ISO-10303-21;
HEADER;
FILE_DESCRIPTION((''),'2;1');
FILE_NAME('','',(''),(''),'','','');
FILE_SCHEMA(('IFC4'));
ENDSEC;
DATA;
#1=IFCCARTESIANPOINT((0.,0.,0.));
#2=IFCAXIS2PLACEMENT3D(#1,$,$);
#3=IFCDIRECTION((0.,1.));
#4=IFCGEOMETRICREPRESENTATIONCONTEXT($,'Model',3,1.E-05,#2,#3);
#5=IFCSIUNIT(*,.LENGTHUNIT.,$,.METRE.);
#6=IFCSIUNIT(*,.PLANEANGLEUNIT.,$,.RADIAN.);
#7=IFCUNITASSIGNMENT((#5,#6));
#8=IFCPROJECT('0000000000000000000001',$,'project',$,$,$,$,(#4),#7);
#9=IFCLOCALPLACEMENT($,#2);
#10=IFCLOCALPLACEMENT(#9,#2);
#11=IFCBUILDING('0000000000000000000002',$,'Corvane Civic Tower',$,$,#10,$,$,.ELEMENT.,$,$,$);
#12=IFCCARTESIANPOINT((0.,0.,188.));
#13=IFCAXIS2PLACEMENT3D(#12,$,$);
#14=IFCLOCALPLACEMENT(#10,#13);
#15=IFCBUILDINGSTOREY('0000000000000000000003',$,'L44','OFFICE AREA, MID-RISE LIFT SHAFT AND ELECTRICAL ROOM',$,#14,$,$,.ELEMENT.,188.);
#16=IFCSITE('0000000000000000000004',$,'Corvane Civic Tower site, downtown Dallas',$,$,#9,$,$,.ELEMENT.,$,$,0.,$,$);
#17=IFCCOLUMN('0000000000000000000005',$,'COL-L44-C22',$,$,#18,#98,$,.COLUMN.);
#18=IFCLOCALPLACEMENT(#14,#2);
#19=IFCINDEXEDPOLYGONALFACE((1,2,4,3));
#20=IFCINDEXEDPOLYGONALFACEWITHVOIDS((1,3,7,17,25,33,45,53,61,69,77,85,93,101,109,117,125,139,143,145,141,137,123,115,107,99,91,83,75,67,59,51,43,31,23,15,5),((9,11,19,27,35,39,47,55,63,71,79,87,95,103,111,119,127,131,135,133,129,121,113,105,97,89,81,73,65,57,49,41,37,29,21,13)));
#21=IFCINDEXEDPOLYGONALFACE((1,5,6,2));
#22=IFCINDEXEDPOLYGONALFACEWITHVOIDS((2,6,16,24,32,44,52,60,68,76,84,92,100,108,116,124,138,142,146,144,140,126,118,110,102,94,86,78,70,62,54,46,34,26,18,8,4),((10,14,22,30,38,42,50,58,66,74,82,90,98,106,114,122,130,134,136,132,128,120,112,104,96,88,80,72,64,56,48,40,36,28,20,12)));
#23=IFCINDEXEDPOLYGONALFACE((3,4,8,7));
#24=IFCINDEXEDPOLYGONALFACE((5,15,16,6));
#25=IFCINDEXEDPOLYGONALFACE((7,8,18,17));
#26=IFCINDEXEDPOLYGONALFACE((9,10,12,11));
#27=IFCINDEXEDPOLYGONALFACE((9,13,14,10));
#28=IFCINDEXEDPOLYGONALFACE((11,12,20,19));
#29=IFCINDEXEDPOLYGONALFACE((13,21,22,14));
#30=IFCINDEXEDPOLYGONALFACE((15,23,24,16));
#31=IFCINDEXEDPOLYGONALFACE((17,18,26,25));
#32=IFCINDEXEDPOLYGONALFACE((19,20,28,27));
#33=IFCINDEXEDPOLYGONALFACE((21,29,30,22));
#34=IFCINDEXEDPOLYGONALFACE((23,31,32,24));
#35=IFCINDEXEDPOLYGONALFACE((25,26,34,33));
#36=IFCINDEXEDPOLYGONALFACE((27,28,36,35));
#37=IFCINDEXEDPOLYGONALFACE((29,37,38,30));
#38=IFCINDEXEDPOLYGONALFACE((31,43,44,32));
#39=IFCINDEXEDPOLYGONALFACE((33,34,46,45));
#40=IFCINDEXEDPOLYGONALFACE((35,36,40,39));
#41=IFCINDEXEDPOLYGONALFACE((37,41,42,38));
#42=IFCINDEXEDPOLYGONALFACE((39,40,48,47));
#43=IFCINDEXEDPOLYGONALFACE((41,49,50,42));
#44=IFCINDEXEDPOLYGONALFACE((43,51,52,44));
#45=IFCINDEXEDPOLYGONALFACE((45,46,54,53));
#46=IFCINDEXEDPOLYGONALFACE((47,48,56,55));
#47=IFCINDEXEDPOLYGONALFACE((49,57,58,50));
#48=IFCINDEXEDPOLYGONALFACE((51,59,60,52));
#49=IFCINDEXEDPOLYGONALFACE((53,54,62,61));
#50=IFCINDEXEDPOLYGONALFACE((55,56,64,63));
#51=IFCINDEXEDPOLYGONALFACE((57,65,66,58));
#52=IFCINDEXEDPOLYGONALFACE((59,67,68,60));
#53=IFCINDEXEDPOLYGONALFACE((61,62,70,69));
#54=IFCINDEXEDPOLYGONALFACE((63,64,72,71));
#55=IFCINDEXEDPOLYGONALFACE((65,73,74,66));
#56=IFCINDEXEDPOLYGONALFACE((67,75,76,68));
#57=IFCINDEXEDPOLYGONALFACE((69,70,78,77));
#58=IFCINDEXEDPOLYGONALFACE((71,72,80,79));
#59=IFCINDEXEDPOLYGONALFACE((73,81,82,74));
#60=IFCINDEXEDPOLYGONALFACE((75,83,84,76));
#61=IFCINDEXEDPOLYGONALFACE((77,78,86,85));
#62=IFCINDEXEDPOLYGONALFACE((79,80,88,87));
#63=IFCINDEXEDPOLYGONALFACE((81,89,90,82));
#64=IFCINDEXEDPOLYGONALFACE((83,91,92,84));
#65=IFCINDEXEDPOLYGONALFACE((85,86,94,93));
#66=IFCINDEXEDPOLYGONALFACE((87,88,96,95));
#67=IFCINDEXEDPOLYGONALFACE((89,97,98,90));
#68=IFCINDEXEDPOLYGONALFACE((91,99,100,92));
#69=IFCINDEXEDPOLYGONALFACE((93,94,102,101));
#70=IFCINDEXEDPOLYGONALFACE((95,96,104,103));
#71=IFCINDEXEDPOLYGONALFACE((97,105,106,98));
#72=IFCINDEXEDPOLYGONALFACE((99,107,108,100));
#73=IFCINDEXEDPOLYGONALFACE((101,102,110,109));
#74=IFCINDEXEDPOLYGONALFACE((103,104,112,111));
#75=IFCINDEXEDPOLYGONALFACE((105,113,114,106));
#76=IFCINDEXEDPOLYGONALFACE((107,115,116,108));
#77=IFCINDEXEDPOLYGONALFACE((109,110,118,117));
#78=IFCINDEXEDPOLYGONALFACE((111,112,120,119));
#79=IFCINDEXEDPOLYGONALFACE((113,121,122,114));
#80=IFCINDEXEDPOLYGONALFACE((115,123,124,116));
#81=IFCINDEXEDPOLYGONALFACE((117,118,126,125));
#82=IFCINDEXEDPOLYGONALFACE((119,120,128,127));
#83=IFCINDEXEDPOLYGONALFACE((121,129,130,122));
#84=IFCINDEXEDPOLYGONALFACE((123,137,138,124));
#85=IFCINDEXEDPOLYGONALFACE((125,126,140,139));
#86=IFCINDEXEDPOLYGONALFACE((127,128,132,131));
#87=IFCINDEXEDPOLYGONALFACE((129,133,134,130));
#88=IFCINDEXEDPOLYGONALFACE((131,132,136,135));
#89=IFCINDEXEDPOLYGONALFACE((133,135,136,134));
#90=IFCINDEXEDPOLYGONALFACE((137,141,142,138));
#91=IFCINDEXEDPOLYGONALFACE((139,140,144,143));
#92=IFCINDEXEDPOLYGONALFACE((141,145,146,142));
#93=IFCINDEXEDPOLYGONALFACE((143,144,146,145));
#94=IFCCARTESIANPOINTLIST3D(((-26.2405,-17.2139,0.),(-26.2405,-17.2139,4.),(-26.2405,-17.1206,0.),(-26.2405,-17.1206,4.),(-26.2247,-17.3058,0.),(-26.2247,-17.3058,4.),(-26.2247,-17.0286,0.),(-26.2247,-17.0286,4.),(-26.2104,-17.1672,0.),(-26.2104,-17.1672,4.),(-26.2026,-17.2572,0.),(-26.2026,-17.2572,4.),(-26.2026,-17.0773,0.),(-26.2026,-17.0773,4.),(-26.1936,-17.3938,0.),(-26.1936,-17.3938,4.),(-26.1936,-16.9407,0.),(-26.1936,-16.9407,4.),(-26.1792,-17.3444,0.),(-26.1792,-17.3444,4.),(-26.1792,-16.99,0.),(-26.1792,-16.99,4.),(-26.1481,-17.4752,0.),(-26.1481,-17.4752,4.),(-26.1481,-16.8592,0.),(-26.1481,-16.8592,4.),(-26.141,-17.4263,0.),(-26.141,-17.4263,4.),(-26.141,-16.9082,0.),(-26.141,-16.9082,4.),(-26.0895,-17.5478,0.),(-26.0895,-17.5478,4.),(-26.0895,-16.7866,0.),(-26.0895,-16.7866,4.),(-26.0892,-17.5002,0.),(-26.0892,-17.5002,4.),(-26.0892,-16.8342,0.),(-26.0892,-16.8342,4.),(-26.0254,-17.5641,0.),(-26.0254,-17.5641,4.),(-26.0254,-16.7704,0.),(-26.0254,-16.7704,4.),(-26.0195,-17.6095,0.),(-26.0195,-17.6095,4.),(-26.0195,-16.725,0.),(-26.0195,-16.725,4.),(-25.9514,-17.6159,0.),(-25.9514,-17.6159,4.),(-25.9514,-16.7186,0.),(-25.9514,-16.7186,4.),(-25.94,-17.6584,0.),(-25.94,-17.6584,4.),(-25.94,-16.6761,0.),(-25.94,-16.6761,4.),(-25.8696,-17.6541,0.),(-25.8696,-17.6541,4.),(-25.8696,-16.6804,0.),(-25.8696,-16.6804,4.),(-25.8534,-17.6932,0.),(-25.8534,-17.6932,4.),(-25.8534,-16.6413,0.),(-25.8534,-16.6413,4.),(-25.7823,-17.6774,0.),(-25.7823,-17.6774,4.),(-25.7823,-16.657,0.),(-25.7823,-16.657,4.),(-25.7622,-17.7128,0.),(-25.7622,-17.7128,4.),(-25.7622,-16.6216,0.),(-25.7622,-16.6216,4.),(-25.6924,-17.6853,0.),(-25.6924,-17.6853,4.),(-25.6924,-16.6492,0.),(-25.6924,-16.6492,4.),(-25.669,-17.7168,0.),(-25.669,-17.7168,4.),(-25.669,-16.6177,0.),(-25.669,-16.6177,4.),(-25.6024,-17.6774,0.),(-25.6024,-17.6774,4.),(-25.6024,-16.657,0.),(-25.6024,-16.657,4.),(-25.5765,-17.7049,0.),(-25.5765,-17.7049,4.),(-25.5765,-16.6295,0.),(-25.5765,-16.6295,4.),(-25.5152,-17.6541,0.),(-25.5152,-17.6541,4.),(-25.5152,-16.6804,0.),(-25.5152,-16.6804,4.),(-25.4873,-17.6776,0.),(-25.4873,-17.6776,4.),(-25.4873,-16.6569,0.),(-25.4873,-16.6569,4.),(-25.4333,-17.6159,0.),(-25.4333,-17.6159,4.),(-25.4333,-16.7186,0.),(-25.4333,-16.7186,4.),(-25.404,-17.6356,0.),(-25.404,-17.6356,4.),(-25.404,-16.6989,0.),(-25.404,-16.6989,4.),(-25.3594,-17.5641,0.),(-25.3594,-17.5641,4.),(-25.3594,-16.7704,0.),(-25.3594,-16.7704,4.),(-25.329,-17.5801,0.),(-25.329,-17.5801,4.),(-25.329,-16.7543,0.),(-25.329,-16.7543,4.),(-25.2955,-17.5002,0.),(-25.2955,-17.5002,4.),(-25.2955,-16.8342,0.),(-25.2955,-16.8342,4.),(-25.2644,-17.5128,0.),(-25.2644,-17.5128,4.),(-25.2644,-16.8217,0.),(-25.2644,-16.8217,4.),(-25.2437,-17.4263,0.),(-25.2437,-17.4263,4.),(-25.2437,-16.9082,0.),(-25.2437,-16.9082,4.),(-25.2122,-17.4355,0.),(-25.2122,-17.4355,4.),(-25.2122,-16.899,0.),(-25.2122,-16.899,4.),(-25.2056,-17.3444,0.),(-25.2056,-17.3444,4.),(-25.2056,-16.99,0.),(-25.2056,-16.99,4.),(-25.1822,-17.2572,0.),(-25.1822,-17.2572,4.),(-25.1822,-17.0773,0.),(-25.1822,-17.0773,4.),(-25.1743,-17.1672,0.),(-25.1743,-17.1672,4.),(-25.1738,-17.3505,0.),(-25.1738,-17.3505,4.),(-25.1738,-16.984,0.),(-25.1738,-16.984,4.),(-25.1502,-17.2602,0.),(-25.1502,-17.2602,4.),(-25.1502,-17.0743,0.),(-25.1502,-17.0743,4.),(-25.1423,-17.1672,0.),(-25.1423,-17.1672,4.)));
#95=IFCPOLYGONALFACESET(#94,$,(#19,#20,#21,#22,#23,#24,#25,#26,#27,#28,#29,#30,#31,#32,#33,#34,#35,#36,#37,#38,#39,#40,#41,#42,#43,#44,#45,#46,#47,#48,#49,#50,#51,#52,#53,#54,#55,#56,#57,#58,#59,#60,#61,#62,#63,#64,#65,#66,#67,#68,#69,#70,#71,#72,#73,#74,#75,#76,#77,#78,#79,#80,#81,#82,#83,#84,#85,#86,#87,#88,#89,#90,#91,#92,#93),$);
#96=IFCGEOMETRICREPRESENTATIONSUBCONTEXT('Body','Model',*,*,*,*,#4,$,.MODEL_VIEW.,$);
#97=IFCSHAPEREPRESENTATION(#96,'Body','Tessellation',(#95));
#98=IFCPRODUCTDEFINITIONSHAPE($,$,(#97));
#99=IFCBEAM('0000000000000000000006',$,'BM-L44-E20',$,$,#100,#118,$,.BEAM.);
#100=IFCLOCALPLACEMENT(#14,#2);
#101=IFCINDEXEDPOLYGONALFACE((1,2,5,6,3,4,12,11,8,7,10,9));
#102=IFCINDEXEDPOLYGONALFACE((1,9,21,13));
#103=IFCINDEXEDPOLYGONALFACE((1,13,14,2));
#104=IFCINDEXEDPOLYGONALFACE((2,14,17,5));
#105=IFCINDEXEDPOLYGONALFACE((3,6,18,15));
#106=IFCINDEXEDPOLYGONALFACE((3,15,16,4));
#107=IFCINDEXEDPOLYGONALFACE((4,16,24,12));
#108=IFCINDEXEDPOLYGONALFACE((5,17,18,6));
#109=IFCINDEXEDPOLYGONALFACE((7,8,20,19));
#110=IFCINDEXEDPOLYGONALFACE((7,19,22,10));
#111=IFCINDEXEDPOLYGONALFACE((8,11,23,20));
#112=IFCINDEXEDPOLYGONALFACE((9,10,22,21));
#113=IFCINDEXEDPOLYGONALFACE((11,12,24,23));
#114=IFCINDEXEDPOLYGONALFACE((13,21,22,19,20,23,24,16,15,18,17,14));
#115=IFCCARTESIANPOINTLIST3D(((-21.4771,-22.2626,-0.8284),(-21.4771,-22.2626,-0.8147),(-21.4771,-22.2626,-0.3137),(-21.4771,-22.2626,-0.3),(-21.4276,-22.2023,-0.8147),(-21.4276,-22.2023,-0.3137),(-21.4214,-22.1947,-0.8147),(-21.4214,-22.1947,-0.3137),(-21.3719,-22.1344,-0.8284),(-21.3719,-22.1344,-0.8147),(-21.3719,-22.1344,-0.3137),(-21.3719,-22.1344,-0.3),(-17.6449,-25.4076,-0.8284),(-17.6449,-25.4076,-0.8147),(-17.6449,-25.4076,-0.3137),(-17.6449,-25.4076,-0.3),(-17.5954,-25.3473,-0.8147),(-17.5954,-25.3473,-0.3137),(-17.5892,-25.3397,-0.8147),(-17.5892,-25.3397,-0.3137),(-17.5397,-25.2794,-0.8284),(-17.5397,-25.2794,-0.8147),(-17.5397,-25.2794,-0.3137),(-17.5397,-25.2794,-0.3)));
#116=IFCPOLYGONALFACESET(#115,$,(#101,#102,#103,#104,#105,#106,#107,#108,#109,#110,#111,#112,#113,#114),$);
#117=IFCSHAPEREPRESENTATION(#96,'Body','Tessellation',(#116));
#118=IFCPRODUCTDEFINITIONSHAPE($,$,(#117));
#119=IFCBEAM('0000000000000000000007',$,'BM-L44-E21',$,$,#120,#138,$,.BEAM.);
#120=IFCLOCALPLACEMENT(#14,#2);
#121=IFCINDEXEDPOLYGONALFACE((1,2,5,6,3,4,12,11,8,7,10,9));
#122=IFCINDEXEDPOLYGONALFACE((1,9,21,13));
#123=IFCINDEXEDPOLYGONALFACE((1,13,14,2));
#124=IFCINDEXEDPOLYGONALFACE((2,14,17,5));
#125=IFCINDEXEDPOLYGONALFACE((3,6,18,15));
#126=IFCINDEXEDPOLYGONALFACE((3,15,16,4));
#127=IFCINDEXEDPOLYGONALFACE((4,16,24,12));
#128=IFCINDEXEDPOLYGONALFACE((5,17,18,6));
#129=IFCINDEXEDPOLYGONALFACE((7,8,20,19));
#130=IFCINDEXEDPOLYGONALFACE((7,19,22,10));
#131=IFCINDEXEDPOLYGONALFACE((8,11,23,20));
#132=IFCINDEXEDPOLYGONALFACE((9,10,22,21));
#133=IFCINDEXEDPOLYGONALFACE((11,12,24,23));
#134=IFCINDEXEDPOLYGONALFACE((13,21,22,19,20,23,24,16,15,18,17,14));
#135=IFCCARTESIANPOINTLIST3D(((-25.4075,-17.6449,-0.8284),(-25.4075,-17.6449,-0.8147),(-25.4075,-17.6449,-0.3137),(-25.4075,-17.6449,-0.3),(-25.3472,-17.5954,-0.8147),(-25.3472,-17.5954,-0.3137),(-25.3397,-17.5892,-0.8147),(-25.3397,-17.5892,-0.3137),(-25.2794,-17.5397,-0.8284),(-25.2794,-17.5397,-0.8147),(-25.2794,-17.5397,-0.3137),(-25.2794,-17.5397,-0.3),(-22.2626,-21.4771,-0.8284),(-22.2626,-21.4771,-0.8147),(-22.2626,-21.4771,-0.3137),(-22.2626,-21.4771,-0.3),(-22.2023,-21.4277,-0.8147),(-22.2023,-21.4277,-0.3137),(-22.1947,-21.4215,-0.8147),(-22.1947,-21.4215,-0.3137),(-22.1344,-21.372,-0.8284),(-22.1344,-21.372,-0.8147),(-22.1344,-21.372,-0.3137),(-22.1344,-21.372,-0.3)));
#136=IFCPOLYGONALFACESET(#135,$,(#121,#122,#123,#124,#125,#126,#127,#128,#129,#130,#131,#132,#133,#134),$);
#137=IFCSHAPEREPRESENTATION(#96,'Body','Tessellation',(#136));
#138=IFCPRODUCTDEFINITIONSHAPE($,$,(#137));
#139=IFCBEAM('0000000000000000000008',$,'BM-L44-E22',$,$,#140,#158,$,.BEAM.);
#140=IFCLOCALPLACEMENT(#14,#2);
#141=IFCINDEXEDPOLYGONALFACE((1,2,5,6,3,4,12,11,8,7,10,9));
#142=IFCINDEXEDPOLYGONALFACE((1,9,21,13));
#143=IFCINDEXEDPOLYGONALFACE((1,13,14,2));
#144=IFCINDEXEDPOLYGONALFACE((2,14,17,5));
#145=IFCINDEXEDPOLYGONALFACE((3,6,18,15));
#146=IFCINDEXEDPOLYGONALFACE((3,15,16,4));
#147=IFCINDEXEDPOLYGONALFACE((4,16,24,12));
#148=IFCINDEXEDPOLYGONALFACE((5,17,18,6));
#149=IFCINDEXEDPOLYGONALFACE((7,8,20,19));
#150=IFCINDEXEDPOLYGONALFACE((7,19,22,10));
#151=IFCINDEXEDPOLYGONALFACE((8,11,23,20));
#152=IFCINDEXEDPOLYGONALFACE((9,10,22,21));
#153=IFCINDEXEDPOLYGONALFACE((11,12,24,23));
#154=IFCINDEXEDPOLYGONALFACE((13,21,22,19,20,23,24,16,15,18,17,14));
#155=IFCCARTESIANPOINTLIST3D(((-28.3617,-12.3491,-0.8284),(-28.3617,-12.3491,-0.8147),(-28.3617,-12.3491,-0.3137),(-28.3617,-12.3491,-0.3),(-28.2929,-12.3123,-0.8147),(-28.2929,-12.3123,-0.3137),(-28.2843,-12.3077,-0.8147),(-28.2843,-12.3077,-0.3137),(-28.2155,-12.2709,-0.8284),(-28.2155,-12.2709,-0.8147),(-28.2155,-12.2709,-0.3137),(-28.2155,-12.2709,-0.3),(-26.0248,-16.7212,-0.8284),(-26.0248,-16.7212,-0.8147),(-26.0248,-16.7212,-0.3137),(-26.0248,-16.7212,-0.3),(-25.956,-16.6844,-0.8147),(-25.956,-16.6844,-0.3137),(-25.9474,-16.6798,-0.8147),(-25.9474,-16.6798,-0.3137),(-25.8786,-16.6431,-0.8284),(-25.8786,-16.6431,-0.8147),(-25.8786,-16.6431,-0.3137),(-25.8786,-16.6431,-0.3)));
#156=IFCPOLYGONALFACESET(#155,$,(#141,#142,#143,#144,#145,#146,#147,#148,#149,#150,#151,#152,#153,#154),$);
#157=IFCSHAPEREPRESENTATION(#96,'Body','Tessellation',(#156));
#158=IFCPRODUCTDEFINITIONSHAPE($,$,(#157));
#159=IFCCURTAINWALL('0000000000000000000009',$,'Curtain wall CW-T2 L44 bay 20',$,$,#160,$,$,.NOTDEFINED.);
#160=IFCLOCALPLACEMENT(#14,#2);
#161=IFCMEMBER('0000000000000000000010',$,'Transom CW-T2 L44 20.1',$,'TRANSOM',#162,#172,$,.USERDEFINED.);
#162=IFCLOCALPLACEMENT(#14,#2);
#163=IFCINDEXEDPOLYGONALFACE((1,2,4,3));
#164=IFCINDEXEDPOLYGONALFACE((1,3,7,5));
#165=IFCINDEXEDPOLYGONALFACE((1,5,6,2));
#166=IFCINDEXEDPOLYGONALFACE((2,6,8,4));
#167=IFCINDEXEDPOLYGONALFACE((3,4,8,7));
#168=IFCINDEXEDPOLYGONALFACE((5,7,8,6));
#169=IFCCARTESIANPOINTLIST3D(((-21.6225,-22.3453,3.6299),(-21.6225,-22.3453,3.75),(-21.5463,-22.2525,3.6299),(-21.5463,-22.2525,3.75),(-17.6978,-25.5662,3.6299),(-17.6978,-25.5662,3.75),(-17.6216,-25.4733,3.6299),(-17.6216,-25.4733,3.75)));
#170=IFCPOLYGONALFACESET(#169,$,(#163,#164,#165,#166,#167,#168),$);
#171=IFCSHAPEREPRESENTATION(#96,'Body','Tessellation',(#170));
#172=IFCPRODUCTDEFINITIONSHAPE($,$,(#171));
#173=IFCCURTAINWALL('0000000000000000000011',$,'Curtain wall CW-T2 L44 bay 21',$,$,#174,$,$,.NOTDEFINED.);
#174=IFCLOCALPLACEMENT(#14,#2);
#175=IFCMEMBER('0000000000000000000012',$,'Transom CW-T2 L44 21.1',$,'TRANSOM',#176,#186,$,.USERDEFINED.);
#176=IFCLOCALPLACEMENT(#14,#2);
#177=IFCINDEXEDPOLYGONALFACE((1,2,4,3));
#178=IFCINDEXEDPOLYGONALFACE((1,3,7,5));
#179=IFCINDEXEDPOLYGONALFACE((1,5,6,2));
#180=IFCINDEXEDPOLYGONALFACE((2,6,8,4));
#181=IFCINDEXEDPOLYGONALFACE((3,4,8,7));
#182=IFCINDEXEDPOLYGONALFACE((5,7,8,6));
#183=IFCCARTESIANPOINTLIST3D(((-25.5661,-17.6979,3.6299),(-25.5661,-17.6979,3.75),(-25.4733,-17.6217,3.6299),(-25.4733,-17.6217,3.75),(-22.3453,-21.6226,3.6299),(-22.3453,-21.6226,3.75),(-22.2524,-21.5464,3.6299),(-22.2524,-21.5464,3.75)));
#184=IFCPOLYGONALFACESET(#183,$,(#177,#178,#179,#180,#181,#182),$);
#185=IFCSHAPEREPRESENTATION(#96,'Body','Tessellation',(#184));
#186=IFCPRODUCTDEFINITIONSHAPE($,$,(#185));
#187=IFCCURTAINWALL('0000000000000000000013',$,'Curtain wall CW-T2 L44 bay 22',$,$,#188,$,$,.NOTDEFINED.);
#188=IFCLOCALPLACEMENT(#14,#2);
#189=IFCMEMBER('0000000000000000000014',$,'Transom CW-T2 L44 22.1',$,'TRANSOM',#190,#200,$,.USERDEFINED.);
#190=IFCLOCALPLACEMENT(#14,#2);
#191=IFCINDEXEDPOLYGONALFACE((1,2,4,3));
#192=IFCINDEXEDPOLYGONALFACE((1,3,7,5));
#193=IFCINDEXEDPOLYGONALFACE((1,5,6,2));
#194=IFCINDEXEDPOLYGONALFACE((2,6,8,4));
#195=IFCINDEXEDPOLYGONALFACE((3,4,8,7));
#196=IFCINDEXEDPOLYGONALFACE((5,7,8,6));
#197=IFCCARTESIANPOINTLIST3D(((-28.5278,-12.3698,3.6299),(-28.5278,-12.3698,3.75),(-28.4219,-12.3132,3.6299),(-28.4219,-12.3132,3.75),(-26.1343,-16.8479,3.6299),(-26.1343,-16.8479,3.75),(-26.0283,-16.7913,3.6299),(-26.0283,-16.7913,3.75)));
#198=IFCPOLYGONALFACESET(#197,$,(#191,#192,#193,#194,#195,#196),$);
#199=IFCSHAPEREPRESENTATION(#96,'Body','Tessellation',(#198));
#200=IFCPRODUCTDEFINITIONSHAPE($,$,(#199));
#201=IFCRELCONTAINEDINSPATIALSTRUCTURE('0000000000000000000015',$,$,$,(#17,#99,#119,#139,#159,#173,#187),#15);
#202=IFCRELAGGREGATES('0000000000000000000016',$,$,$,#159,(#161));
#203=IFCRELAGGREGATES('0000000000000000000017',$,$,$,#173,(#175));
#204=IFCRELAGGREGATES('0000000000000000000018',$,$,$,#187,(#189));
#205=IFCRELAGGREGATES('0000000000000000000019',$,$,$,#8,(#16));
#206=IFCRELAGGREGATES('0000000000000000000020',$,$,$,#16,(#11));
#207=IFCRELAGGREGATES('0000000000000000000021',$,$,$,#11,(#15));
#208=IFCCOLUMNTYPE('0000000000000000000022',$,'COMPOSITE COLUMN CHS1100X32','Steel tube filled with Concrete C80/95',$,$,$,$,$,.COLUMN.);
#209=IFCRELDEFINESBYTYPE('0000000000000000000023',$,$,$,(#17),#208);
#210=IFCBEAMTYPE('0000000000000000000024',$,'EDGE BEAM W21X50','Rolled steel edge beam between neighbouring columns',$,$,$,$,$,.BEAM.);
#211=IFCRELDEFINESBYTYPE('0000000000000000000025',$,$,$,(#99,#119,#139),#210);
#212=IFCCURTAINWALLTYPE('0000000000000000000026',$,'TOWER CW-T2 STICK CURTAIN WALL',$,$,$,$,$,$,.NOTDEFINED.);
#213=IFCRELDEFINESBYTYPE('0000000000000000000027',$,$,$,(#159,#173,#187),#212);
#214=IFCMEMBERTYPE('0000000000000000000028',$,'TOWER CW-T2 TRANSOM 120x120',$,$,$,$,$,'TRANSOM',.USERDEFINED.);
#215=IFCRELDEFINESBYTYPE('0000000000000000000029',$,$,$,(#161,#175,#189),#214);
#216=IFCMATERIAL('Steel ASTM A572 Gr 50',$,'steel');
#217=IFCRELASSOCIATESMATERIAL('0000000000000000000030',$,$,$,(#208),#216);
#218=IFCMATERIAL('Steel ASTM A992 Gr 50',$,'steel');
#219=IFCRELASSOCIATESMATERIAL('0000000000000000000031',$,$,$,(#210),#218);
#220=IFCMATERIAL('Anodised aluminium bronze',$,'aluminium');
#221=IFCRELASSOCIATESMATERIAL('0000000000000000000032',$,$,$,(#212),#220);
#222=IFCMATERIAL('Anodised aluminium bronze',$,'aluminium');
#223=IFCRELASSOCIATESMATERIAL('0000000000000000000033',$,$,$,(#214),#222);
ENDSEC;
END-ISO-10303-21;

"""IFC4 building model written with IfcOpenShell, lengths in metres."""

from ifc_helpers import new_model, si_unit, direction, frame, origin, origin_2d, place, context, subcontext, project, spatial, rectangle, hollow_circle, i_section, extrude, material, material_profile, profile_set, type_object, element, aggregate, save


model = new_model("IFC4")

# Units and contexts
model_context = context("Model", 3, precision=1e-05, world=origin(), true_north=direction((0.0, 1.0)))
body_context = subcontext(model_context, "Body", "Model", "MODEL_VIEW")
ifc_project = project(units=[si_unit("LENGTHUNIT", "METRE"), si_unit("PLANEANGLEUNIT", "RADIAN")], contexts=[model_context])

# Site, building, storey
site_placement = place(None, origin())
site = spatial("IfcSite", under=ifc_project, at=site_placement, Name="Corvane Civic Tower site, downtown Dallas", CompositionType="ELEMENT", RefElevation=0.0)
building_placement = place(site_placement, origin())
building = spatial("IfcBuilding", under=site, at=building_placement, Name="Corvane Civic Tower", CompositionType="ELEMENT")
storey_placement = place(building_placement, frame((0.0, 0.0, 188.0)))
storey = spatial("IfcBuildingStorey", under=building, at=storey_placement, Name="L44", Description="OFFICE AREA, MID-RISE LIFT SHAFT AND ELECTRICAL ROOM", CompositionType="ELEMENT", Elevation=188.0)

# Column
ifc_material_1 = material(Name="Steel ASTM A572 Gr 50", Category="steel")
ifc_material_profile_1 = material_profile(ifc_material_1, hollow_circle(Radius=0.55, WallThickness=0.032, at=origin_2d()), Name="CHS1100X32")
ifc_profile_set_1 = profile_set([ifc_material_profile_1], Name="Steel ASTM A572 Gr 50")
column_type = type_object("IfcColumnType", Name="COMPOSITE COLUMN CHS1100X32", Description="Steel tube filled with Concrete C80/95", PredefinedType="COLUMN", material=ifc_profile_set_1)
for number, where, z_axis, x_axis, name in (
    (1, (-25.6924, -17.1672, 0.0), (0.0, 0.0, 1.0), (1.0, 0.0, 0.0), "COL-L44-C22"),
):
    element("IfcColumn", number, at=place(storey_placement, frame(where, z_axis=z_axis, x_axis=x_axis)), inside=storey, type_object=column_type, Name=name, PredefinedType="COLUMN", context=body_context, shape_type="SweptSolid", body=[
        extrude(hollow_circle(Radius=0.55, WallThickness=0.032, at=origin_2d()), origin(), (0.0, 0.0, 1.0), 4.0),
    ])

# Beams
ifc_material_2 = material(Name="Steel ASTM A992 Gr 50", Category="steel")
ifc_material_profile_2 = material_profile(ifc_material_2, i_section(OverallWidth=0.1658, OverallDepth=0.5283, WebThickness=0.0098, FlangeThickness=0.0137, at=origin_2d()), Name="W21X50")
ifc_profile_set_2 = profile_set([ifc_material_profile_2], Name="Steel ASTM A992 Gr 50")
beam_type = type_object("IfcBeamType", Name="EDGE BEAM W21X50", Description="Rolled steel edge beam between neighbouring columns", PredefinedType="BEAM", material=ifc_profile_set_2)
for number, where, z_axis, x_axis, name in (
    (2, (-17.5923, -25.3435, -0.5642), (-0.773015, 0.634388, 0.0), (-0.634388, -0.773015, 0.0), "BM-L44-E20"),
    (3, (-22.1985, -21.4246, -0.5642), (-0.634388, 0.773015, 0.0), (-0.773015, -0.634388, 0.0), "BM-L44-E21"),
    (4, (-25.9517, -16.6821, -0.5642), (-0.471396, 0.881922, 0.0), (-0.881922, -0.471396, 0.0), "BM-L44-E22"),
):
    element("IfcBeam", number, at=place(storey_placement, frame(where, z_axis=z_axis, x_axis=x_axis)), inside=storey, type_object=beam_type, Name=name, PredefinedType="BEAM", context=body_context, shape_type="SweptSolid", body=[
        extrude(i_section(OverallWidth=0.1658, OverallDepth=0.5283, WebThickness=0.0098, FlangeThickness=0.0137, at=origin_2d()), origin(), (0.0, 0.0, 1.0), 4.9575),
    ])

# Curtain walls, members
ifc_material_3 = material(Name="Anodised aluminium bronze", Category="aluminium")
curtain_wall_type = type_object("IfcCurtainWallType", Name="TOWER CW-T2 STICK CURTAIN WALL", PredefinedType="NOTDEFINED", material=ifc_material_3)
curtain_wall_1_placement = place(storey_placement, origin())
curtain_wall_1 = element("IfcCurtainWall", 5, at=curtain_wall_1_placement, inside=storey, type_object=curtain_wall_type, Name="Curtain wall CW-T2 L44 bay 20", PredefinedType="NOTDEFINED")
ifc_material_4 = material(Name="Anodised aluminium bronze", Category="aluminium")
ifc_material_profile_3 = material_profile(ifc_material_4, rectangle(XDim=0.1201, YDim=0.1201, at=origin_2d()), Name="TOWER CW-T2 TRANSOM 120x120")
ifc_profile_set_3 = profile_set([ifc_material_profile_3], Name="Anodised aluminium bronze")
member_type = type_object("IfcMemberType", Name="TOWER CW-T2 TRANSOM 120x120", ElementType="TRANSOM", PredefinedType="USERDEFINED", material=ifc_profile_set_3)
member_1_placement = place(storey_placement, frame((-17.6597, -25.5198, 3.6899), z_axis=(-0.773016, 0.634387, 0.0), x_axis=(-0.634387, -0.773016, 0.0)))
member_1 = element("IfcMember", 6, at=member_1_placement, type_object=member_type, Name="Transom CW-T2 L44 20.1", ObjectType="TRANSOM", PredefinedType="USERDEFINED", context=body_context, shape_type="SweptSolid", body=[
    extrude(rectangle(XDim=0.1201, YDim=0.1201, at=origin_2d()), origin(), (0.0, 0.0, 1.0), 5.0771),
])
curtain_wall_2_placement = place(storey_placement, origin())
curtain_wall_2 = element("IfcCurtainWall", 7, at=curtain_wall_2_placement, inside=storey, type_object=curtain_wall_type, Name="Curtain wall CW-T2 L44 bay 21", PredefinedType="NOTDEFINED")
member_2_placement = place(storey_placement, frame((-22.2988, -21.5845, 3.6899), z_axis=(-0.634387, 0.773016, 0.0), x_axis=(-0.773016, -0.634387, 0.0)))
member_2 = element("IfcMember", 8, at=member_2_placement, type_object=member_type, Name="Transom CW-T2 L44 21.1", ObjectType="TRANSOM", PredefinedType="USERDEFINED", context=body_context, shape_type="SweptSolid", body=[
    extrude(rectangle(XDim=0.1201, YDim=0.1201, at=origin_2d()), origin(), (0.0, 0.0, 1.0), 5.0771),
])
curtain_wall_3_placement = place(storey_placement, origin())
curtain_wall_3 = element("IfcCurtainWall", 9, at=curtain_wall_3_placement, inside=storey, type_object=curtain_wall_type, Name="Curtain wall CW-T2 L44 bay 22", PredefinedType="NOTDEFINED")
member_3_placement = place(storey_placement, frame((-26.0813, -16.8196, 3.6899), z_axis=(-0.471397, 0.881921, 0.0), x_axis=(-0.881921, -0.471397, 0.0)))
member_3 = element("IfcMember", 10, at=member_3_placement, type_object=member_type, Name="Transom CW-T2 L44 22.1", ObjectType="TRANSOM", PredefinedType="USERDEFINED", context=body_context, shape_type="SweptSolid", body=[
    extrude(rectangle(XDim=0.1201, YDim=0.1201, at=origin_2d()), origin(), (0.0, 0.0, 1.0), 5.0776),
])

aggregate(curtain_wall_1, [member_1])
aggregate(curtain_wall_2, [member_2])
aggregate(curtain_wall_3, [member_3])

save(model, "model.ifc")
